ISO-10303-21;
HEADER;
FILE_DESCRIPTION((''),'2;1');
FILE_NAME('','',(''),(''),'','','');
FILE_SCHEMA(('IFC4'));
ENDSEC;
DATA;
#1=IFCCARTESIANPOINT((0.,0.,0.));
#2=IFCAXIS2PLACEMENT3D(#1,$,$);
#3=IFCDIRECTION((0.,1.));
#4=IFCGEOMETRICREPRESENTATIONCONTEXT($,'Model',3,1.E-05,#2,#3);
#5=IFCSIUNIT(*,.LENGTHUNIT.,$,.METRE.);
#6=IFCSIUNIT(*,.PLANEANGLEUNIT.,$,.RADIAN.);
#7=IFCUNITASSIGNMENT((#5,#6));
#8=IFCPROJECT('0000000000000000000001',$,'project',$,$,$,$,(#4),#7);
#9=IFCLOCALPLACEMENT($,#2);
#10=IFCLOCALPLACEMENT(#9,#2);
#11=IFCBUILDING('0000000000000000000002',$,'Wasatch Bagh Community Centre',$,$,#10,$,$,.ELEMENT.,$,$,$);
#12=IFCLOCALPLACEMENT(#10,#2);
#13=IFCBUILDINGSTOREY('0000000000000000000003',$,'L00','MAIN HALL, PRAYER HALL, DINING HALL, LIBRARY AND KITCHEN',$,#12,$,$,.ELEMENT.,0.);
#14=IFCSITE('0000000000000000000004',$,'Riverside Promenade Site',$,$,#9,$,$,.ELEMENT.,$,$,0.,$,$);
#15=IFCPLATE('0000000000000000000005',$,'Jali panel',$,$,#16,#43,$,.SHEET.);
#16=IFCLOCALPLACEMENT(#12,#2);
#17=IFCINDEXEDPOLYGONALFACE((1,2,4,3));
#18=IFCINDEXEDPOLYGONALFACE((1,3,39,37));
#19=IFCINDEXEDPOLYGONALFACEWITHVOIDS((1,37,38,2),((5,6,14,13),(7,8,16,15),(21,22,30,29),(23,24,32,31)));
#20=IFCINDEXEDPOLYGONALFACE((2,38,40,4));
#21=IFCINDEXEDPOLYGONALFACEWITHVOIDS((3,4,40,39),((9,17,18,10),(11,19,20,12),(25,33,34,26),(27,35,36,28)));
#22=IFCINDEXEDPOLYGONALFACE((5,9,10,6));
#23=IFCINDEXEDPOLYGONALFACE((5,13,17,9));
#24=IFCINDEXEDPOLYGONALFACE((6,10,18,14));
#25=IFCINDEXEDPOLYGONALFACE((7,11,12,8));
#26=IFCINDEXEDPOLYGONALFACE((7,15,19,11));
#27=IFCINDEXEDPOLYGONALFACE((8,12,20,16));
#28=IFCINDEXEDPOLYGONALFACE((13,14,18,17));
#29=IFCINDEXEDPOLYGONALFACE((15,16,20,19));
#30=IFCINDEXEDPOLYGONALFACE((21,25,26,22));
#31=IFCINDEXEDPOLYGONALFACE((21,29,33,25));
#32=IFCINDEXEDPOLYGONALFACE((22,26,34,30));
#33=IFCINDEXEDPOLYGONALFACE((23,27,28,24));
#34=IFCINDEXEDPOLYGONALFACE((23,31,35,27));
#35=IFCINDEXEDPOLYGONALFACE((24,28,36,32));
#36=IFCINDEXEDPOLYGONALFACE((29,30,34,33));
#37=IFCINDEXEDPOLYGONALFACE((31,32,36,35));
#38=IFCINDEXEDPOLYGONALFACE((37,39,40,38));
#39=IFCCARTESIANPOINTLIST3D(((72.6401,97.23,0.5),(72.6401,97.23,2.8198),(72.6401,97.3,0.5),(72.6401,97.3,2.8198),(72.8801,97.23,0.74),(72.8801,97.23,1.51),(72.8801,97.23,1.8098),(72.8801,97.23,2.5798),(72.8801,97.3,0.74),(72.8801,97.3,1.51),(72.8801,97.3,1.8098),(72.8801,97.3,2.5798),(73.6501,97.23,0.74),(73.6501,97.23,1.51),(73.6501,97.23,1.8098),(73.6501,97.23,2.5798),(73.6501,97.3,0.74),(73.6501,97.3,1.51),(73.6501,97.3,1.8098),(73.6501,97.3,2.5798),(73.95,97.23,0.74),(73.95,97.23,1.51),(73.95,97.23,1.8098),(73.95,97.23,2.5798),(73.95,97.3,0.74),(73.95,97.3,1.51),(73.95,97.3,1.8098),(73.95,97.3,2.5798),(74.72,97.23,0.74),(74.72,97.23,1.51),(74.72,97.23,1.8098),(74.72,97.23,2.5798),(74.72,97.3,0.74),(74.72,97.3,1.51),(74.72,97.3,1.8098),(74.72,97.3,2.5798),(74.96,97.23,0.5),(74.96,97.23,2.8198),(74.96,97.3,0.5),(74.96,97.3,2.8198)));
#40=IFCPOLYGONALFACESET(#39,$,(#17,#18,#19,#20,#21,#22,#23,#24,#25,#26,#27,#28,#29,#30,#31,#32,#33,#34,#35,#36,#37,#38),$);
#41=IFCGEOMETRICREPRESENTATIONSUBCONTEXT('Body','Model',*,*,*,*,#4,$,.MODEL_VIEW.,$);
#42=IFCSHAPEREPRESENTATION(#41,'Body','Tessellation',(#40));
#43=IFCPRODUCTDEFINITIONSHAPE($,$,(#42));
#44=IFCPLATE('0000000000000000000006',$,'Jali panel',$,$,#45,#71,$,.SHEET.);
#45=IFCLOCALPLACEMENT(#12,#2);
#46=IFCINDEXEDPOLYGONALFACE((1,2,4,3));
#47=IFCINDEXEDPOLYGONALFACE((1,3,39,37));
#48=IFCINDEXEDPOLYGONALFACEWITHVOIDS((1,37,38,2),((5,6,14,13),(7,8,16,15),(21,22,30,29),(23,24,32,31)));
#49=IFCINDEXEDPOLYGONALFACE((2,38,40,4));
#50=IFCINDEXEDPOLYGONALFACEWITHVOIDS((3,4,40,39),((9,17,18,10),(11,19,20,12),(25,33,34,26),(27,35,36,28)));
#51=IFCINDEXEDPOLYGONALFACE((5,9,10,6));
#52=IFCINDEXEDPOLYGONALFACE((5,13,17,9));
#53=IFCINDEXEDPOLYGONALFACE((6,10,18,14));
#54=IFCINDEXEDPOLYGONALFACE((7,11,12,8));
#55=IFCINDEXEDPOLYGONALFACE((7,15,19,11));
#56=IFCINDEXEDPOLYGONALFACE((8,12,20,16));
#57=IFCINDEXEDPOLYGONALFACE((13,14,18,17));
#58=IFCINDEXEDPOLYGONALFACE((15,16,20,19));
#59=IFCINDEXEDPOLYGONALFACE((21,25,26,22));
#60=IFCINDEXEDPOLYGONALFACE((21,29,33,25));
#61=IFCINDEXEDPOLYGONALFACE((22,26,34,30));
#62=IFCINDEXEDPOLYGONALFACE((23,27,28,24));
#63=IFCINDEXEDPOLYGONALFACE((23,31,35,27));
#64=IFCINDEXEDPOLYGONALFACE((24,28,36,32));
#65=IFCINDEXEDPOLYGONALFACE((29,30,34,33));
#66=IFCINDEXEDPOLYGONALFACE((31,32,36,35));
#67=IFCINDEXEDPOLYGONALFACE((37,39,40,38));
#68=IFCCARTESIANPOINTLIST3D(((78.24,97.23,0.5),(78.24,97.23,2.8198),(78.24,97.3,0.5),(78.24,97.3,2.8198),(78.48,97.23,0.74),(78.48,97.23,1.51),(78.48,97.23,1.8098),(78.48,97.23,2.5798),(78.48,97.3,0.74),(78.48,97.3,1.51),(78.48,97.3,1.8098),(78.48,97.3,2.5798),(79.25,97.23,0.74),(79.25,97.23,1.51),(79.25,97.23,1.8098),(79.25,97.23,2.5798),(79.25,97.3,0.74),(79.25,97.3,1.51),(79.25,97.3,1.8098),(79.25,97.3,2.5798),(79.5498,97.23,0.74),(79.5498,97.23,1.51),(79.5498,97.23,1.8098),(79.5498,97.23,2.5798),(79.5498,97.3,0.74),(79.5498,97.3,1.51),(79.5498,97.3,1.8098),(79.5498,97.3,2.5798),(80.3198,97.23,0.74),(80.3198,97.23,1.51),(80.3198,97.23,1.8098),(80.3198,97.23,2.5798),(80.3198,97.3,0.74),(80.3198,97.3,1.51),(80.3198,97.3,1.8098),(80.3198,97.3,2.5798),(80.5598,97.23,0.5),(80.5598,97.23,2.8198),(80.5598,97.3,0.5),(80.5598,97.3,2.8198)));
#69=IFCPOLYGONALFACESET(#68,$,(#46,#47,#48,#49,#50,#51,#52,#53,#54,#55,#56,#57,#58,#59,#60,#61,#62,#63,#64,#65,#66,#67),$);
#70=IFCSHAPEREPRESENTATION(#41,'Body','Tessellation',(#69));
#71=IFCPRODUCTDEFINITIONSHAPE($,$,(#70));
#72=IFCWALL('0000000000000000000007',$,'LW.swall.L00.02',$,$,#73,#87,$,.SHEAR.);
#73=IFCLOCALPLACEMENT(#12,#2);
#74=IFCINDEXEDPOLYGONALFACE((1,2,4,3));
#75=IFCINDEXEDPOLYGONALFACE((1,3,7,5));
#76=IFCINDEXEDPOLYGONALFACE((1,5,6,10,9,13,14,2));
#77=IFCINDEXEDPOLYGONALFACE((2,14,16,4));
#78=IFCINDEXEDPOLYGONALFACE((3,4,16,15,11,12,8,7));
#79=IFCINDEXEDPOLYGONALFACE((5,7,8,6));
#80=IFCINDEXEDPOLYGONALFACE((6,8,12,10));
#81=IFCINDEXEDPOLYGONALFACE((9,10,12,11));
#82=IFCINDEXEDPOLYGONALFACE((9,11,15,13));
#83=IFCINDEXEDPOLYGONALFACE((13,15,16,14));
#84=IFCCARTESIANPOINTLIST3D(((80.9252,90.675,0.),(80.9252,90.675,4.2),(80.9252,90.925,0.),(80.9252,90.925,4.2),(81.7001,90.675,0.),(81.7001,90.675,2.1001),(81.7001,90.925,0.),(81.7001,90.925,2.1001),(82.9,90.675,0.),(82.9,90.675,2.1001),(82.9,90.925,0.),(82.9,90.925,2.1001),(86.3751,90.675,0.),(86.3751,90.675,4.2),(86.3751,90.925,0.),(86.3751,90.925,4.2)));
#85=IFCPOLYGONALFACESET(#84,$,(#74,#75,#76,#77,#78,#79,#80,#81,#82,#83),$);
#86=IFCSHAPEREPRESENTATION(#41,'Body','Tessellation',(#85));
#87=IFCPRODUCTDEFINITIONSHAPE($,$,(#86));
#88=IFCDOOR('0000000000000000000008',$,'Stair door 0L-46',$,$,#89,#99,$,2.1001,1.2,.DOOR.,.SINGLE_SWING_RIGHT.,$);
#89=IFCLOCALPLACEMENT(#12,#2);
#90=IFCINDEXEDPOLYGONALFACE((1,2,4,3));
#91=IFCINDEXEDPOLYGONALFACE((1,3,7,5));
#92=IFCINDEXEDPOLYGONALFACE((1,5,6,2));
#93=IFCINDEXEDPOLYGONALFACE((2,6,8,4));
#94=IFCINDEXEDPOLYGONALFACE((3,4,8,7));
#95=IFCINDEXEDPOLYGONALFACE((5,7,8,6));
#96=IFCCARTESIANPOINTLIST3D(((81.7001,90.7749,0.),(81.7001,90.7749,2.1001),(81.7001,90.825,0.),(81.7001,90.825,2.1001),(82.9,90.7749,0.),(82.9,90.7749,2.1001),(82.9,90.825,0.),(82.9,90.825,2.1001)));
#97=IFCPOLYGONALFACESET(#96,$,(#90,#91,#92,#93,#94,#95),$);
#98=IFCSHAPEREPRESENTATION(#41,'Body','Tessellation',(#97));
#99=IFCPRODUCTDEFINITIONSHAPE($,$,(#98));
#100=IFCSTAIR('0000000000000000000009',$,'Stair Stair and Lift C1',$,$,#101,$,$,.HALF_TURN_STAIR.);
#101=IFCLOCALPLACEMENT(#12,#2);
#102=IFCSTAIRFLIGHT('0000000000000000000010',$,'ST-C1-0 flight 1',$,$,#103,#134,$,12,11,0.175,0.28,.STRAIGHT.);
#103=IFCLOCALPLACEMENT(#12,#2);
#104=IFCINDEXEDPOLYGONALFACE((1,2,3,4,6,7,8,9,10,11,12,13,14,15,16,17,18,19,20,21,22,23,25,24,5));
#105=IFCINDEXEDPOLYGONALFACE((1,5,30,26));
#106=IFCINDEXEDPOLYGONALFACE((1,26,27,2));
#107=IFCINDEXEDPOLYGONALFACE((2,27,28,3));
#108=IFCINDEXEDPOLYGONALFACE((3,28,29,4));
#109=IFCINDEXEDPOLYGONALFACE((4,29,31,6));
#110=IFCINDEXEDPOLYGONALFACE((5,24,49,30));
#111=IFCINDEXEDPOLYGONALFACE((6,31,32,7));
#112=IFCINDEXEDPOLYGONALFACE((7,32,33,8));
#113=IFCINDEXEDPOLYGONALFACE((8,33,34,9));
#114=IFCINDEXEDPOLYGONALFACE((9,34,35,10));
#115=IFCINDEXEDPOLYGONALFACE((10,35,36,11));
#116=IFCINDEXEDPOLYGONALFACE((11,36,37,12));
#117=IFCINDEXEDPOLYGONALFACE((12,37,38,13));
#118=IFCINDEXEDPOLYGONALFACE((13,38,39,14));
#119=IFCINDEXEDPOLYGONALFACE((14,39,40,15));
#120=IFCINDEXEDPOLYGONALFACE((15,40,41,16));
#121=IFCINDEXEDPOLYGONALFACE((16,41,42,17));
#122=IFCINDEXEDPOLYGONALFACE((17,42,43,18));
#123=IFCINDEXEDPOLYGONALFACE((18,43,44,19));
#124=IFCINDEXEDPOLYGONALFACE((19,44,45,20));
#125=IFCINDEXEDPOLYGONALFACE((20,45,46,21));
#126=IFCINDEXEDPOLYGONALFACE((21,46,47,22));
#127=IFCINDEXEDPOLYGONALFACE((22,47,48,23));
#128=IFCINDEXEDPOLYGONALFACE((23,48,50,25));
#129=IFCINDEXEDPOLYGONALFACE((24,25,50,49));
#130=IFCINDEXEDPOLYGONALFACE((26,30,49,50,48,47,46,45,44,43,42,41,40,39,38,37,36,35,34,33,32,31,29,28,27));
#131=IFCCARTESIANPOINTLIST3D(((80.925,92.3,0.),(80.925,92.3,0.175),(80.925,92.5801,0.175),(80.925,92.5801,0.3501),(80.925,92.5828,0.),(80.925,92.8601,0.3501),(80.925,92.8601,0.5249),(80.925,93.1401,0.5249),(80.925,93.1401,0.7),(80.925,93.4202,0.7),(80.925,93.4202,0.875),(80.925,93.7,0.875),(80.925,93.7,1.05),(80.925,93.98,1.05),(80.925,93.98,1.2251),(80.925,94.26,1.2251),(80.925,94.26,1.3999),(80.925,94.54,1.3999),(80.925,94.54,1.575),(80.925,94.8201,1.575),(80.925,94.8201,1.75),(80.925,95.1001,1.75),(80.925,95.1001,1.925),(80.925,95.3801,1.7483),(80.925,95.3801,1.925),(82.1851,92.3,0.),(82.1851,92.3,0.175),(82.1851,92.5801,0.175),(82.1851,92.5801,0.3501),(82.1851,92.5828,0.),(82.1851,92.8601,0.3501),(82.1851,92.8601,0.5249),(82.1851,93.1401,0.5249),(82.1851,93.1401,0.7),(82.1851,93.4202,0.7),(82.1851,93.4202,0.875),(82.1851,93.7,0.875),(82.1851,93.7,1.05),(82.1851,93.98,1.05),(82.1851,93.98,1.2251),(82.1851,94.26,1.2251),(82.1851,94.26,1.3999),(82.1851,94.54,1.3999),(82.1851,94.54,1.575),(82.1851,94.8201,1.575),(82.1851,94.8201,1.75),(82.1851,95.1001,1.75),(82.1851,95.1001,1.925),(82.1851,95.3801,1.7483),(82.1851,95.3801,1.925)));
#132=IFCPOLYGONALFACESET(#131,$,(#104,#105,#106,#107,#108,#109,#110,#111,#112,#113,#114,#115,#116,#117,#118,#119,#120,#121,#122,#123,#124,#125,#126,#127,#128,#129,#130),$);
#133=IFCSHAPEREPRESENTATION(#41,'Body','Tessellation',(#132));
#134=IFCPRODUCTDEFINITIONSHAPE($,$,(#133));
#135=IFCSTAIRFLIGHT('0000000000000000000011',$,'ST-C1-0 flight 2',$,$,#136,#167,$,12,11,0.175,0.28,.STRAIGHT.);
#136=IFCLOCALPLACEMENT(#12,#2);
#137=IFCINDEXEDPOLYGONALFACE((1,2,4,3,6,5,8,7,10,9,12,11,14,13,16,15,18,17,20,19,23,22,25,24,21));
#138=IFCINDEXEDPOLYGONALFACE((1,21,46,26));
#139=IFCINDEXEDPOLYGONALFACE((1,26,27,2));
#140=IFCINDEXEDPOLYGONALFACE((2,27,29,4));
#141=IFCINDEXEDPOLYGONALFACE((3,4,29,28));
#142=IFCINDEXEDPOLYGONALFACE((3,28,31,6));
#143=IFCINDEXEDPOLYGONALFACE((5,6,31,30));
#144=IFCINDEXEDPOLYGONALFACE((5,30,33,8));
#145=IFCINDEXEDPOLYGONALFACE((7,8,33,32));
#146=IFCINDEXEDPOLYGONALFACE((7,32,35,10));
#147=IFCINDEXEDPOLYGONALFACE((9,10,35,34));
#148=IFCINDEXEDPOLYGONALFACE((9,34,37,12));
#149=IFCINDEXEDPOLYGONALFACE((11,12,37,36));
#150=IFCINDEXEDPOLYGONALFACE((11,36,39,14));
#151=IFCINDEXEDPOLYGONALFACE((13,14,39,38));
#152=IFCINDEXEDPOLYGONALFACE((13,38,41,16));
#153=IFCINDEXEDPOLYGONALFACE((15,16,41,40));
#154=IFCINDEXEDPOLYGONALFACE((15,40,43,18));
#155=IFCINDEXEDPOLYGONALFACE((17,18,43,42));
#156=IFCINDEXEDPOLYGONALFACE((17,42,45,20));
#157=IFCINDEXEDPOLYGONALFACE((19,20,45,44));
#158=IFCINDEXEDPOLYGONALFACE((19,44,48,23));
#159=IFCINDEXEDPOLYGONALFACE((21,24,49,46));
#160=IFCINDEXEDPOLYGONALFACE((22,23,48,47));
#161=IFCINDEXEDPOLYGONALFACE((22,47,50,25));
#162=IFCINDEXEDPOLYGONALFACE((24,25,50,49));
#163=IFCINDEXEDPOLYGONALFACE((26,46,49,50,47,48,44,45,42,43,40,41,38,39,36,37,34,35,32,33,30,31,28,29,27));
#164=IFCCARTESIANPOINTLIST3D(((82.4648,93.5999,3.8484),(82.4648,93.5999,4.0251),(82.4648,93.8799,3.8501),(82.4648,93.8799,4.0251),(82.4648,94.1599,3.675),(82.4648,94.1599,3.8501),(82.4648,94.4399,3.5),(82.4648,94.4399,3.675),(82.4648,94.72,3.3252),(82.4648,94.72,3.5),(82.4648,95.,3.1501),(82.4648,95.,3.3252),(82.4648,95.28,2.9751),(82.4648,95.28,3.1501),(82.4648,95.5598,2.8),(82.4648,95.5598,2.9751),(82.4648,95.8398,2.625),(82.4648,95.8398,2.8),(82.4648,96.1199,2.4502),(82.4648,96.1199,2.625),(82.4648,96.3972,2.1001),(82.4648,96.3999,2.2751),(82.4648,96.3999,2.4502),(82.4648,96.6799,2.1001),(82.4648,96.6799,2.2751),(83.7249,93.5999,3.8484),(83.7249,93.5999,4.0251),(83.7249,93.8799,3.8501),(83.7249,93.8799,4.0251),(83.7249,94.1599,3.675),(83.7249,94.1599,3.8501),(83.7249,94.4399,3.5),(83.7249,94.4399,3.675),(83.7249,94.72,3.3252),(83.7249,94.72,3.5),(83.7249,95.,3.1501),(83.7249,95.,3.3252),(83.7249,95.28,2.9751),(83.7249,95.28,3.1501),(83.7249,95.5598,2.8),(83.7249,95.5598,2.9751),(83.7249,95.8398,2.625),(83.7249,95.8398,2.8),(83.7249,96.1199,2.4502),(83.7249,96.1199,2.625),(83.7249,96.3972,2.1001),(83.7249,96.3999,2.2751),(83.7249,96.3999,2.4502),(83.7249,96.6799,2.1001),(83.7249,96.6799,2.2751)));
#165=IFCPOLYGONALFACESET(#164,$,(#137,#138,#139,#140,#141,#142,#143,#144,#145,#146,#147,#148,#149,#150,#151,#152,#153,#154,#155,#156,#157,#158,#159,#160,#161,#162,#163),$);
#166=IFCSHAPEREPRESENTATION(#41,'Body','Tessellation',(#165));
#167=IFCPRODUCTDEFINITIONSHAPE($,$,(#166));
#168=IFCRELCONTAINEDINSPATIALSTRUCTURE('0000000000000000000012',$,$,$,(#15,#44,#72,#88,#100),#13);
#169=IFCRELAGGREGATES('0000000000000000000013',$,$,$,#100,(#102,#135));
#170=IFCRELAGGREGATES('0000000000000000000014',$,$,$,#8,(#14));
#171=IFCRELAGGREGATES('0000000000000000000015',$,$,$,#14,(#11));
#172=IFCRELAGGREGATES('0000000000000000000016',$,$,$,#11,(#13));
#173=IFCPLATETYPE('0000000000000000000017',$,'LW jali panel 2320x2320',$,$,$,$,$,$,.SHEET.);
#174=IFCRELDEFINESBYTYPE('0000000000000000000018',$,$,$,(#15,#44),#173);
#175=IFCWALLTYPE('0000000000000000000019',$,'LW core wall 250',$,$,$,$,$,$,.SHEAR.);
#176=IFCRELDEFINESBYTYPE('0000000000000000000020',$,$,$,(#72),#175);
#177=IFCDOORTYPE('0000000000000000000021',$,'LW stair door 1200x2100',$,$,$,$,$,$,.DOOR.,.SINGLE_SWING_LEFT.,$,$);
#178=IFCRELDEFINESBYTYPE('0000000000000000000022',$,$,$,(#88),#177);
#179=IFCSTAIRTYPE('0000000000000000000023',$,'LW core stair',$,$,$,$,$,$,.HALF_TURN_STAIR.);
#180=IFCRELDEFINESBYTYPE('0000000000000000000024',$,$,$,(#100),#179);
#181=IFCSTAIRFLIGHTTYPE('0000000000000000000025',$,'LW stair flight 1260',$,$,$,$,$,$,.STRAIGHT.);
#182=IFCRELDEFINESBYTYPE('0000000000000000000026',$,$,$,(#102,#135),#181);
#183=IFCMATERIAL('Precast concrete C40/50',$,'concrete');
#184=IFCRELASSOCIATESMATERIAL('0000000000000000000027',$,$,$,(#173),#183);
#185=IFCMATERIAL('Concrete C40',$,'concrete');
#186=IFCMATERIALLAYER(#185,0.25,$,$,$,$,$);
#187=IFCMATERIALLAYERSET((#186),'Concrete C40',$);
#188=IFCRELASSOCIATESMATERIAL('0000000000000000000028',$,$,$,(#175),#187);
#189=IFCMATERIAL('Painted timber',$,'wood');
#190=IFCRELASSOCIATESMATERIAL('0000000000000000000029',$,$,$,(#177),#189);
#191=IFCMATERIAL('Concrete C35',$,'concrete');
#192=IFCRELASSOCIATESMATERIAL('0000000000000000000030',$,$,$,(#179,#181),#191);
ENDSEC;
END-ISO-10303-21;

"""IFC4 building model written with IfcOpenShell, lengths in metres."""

from ifc_helpers import new_model, si_unit, direction, frame, frame_2d, origin, place, context, subcontext, project, spatial, polyline, rectangle, outline, extrude, material, layer, layer_set, material_profile, profile_set, type_object, element, fill, aggregate, save


model = new_model("IFC4")

# Units and contexts
model_context = context("Model", 3, precision=1e-05, world=origin(), true_north=direction((0.0, 1.0)))
body_context = subcontext(model_context, "Body", "Model", "MODEL_VIEW")
ifc_project = project(units=[si_unit("LENGTHUNIT", "METRE"), si_unit("PLANEANGLEUNIT", "RADIAN")], contexts=[model_context])

# Site, building, storey
site_placement = place(None, origin())
site = spatial("IfcSite", under=ifc_project, at=site_placement, Name="Riverside Promenade Site", CompositionType="ELEMENT", RefElevation=0.0)
building_placement = place(site_placement, origin())
building = spatial("IfcBuilding", under=site, at=building_placement, Name="Wasatch Bagh Community Centre", CompositionType="ELEMENT")
storey_placement = place(building_placement, origin())
storey = spatial("IfcBuildingStorey", under=building, at=storey_placement, Name="L00", Description="MAIN HALL, PRAYER HALL, DINING HALL, LIBRARY AND KITCHEN", CompositionType="ELEMENT", Elevation=0.0)

# Shared definitions
ifc_material_1 = material(Name="Concrete C35", Category="concrete")

# Plates
ifc_material_2 = material(Name="Precast concrete C40/50", Category="concrete")
ifc_material_profile_1 = material_profile(ifc_material_2, outline(polyline([(-1.1599, -1.1599), (1.1599, -1.1599), (1.1599, 1.1599), (-1.1599, 1.1599), (-1.1599, -1.1599)]), holes=[polyline([(-0.9199, -0.9199), (-0.1499, -0.9199), (-0.1499, -0.1499), (-0.9199, -0.1499), (-0.9199, -0.9199)]), polyline([(-0.9199, 0.1499), (-0.1499, 0.1499), (-0.1499, 0.9199), (-0.9199, 0.9199), (-0.9199, 0.1499)]), polyline([(0.1499, -0.9199), (0.9199, -0.9199), (0.9199, -0.1499), (0.1499, -0.1499), (0.1499, -0.9199)]), polyline([(0.1499, 0.1499), (0.9199, 0.1499), (0.9199, 0.9199), (0.1499, 0.9199), (0.1499, 0.1499)])]), Name="Jali lattice")
ifc_profile_set_1 = profile_set([ifc_material_profile_1], Name="Precast concrete C40/50")
plate_type = type_object("IfcPlateType", Name="LW jali panel 2320x2320", PredefinedType="SHEET", material=ifc_profile_set_1)
for number, where, z_axis, x_axis, name in (
    (1, (73.8, 97.3, 1.6599), (0.0, -1.0, 0.0), (1.0, 0.0, 0.0), "Jali panel"),
    (2, (79.3999, 97.3, 1.6599), (0.0, -1.0, 0.0), (1.0, 0.0, 0.0), "Jali panel"),
):
    element("IfcPlate", number, at=place(storey_placement, frame(where, z_axis=z_axis, x_axis=x_axis)), inside=storey, type_object=plate_type, Name=name, PredefinedType="SHEET", context=body_context, shape_type="SweptSolid", body=[
        extrude(outline(polyline([(-1.1599, -1.1599), (1.1599, -1.1599), (1.1599, 1.1599), (-1.1599, 1.1599), (-1.1599, -1.1599)]), holes=[polyline([(-0.9199, -0.9199), (-0.1499, -0.9199), (-0.1499, -0.1499), (-0.9199, -0.1499), (-0.9199, -0.9199)]), polyline([(-0.9199, 0.1499), (-0.1499, 0.1499), (-0.1499, 0.9199), (-0.9199, 0.9199), (-0.9199, 0.1499)]), polyline([(0.1499, -0.9199), (0.9199, -0.9199), (0.9199, -0.1499), (0.1499, -0.1499), (0.1499, -0.9199)]), polyline([(0.1499, 0.1499), (0.9199, 0.1499), (0.9199, 0.9199), (0.1499, 0.9199), (0.1499, 0.1499)])]), origin(), (0.0, 0.0, 1.0), 0.0701),
    ])

# Wall, opening, door
ifc_material_3 = material(Name="Concrete C40", Category="concrete")
ifc_layer = layer(ifc_material_3, 0.25)
ifc_layer_set = layer_set([ifc_layer], Name="Concrete C40")
wall_type = type_object("IfcWallType", Name="LW core wall 250", PredefinedType="SHEAR", material=ifc_layer_set)
wall_placement = place(storey_placement, frame((80.925, 90.8, 0.0), z_axis=(0.0, 0.0, 1.0), x_axis=(1.0, 0.0, 0.0)))
wall = element("IfcWall", 3, at=wall_placement, inside=storey, type_object=wall_type, Name="LW.swall.L00.02", PredefinedType="SHEAR", context=body_context, shape_type="SweptSolid", body=[
    extrude(rectangle(XDim=5.45, YDim=0.25, at=frame_2d((2.7251, 0.0))), origin(), (0.0, 0.0, 1.0), 4.2),
])
opening_placement = place(wall_placement, frame((0.7749, 0.0, 0.0)))
opening = element("IfcOpeningElement", 4, at=opening_placement, cuts=wall, PredefinedType="OPENING", context=body_context, shape_type="SweptSolid", body=[
    extrude(rectangle(XDim=1.2, YDim=2.1001, at=frame_2d((0.6001, 1.05))), frame((0.0, 0.135, 0.0), z_axis=(0.0, -1.0, 0.0), x_axis=(1.0, 0.0, 0.0)), (0.0, 0.0, 1.0), 0.27),
])
ifc_material_4 = material(Name="Painted timber", Category="wood")
door_type = type_object("IfcDoorType", Name="LW stair door 1200x2100", OperationType="SINGLE_SWING_LEFT", PredefinedType="DOOR", material=ifc_material_4)
door_placement = place(opening_placement, origin())
door = element("IfcDoor", 5, at=door_placement, inside=storey, type_object=door_type, Name="Stair door 0L-46", OperationType="SINGLE_SWING_RIGHT", OverallHeight=2.1001, OverallWidth=1.2, PredefinedType="DOOR", context=body_context, shape_type="SweptSolid", body=[
    extrude(rectangle(XDim=1.2, YDim=2.1001, at=frame_2d((0.6001, 1.05))), frame((0.0, 0.0249, 0.0), z_axis=(0.0, -1.0, 0.0), x_axis=(1.0, 0.0, 0.0)), (0.0, 0.0, 1.0), 0.05),
])
fill(opening, door)

# Stair, stair flights
stair_type = type_object("IfcStairType", Name="LW core stair", PredefinedType="HALF_TURN_STAIR", material=ifc_material_1)
stair_placement = place(storey_placement, origin())
stair = element("IfcStair", 6, at=stair_placement, inside=storey, type_object=stair_type, Name="Stair Stair and Lift C1", PredefinedType="HALF_TURN_STAIR")
stair_flight_type = type_object("IfcStairFlightType", Name="LW stair flight 1260", PredefinedType="STRAIGHT", material=ifc_material_1)
stair_flight_1_placement = place(storey_placement, frame((81.5549, 92.3, 0.0), z_axis=(0.0, 0.0, 1.0), x_axis=(0.0, 1.0, 0.0)))
stair_flight_1 = element("IfcStairFlight", 7, at=stair_flight_1_placement, type_object=stair_flight_type, Name="ST-C1-0 flight 1", NumberOfRisers=12, NumberOfTreads=11, PredefinedType="STRAIGHT", RiserHeight=0.175, TreadLength=0.28, context=body_context, shape_type="SweptSolid", body=[
    extrude(outline(polyline([(0.0, 0.0), (0.0, 0.175), (0.28, 0.175), (0.28, 0.3501), (0.5601, 0.3501), (0.5601, 0.5249), (0.8401, 0.5249), (0.8401, 0.7), (1.1201, 0.7), (1.1201, 0.875), (1.3999, 0.875), (1.3999, 1.05), (1.6799, 1.05), (1.6799, 1.2251), (1.96, 1.2251), (1.96, 1.3999), (2.24, 1.3999), (2.24, 1.575), (2.52, 1.575), (2.52, 1.75), (2.8, 1.75), (2.8, 1.925), (3.0801, 1.925), (3.0801, 2.1001), (3.0801, 1.7483), (0.2827, 0.0), (0.0, 0.0)])), frame((0.0, 0.6299, 0.0), z_axis=(0.0, -1.0, 0.0), x_axis=(1.0, 0.0, 0.0)), (0.0, 0.0, 1.0), 1.26),
])
stair_flight_2_placement = place(storey_placement, frame((83.095, 96.6799, 2.1001), z_axis=(0.0, 0.0, 1.0), x_axis=(0.0, -1.0, 0.0)))
stair_flight_2 = element("IfcStairFlight", 8, at=stair_flight_2_placement, type_object=stair_flight_type, Name="ST-C1-0 flight 2", NumberOfRisers=12, NumberOfTreads=11, PredefinedType="STRAIGHT", RiserHeight=0.175, TreadLength=0.28, context=body_context, shape_type="SweptSolid", body=[
    extrude(outline(polyline([(0.0, 0.0), (0.0, 0.175), (0.28, 0.175), (0.28, 0.3501), (0.5601, 0.3501), (0.5601, 0.5249), (0.8401, 0.5249), (0.8401, 0.7), (1.1201, 0.7), (1.1201, 0.875), (1.3999, 0.875), (1.3999, 1.05), (1.6799, 1.05), (1.6799, 1.2251), (1.96, 1.2251), (1.96, 1.3999), (2.24, 1.3999), (2.24, 1.575), (2.52, 1.575), (2.52, 1.75), (2.8, 1.75), (2.8, 1.925), (3.0801, 1.925), (3.0801, 2.1001), (3.0801, 1.7483), (0.2827, 0.0), (0.0, 0.0)])), frame((0.0, 0.6299, 0.0), z_axis=(0.0, -1.0, 0.0), x_axis=(1.0, 0.0, 0.0)), (0.0, 0.0, 1.0), 1.26),
])
aggregate(stair, [stair_flight_1, stair_flight_2])

save(model, "model.ifc")
